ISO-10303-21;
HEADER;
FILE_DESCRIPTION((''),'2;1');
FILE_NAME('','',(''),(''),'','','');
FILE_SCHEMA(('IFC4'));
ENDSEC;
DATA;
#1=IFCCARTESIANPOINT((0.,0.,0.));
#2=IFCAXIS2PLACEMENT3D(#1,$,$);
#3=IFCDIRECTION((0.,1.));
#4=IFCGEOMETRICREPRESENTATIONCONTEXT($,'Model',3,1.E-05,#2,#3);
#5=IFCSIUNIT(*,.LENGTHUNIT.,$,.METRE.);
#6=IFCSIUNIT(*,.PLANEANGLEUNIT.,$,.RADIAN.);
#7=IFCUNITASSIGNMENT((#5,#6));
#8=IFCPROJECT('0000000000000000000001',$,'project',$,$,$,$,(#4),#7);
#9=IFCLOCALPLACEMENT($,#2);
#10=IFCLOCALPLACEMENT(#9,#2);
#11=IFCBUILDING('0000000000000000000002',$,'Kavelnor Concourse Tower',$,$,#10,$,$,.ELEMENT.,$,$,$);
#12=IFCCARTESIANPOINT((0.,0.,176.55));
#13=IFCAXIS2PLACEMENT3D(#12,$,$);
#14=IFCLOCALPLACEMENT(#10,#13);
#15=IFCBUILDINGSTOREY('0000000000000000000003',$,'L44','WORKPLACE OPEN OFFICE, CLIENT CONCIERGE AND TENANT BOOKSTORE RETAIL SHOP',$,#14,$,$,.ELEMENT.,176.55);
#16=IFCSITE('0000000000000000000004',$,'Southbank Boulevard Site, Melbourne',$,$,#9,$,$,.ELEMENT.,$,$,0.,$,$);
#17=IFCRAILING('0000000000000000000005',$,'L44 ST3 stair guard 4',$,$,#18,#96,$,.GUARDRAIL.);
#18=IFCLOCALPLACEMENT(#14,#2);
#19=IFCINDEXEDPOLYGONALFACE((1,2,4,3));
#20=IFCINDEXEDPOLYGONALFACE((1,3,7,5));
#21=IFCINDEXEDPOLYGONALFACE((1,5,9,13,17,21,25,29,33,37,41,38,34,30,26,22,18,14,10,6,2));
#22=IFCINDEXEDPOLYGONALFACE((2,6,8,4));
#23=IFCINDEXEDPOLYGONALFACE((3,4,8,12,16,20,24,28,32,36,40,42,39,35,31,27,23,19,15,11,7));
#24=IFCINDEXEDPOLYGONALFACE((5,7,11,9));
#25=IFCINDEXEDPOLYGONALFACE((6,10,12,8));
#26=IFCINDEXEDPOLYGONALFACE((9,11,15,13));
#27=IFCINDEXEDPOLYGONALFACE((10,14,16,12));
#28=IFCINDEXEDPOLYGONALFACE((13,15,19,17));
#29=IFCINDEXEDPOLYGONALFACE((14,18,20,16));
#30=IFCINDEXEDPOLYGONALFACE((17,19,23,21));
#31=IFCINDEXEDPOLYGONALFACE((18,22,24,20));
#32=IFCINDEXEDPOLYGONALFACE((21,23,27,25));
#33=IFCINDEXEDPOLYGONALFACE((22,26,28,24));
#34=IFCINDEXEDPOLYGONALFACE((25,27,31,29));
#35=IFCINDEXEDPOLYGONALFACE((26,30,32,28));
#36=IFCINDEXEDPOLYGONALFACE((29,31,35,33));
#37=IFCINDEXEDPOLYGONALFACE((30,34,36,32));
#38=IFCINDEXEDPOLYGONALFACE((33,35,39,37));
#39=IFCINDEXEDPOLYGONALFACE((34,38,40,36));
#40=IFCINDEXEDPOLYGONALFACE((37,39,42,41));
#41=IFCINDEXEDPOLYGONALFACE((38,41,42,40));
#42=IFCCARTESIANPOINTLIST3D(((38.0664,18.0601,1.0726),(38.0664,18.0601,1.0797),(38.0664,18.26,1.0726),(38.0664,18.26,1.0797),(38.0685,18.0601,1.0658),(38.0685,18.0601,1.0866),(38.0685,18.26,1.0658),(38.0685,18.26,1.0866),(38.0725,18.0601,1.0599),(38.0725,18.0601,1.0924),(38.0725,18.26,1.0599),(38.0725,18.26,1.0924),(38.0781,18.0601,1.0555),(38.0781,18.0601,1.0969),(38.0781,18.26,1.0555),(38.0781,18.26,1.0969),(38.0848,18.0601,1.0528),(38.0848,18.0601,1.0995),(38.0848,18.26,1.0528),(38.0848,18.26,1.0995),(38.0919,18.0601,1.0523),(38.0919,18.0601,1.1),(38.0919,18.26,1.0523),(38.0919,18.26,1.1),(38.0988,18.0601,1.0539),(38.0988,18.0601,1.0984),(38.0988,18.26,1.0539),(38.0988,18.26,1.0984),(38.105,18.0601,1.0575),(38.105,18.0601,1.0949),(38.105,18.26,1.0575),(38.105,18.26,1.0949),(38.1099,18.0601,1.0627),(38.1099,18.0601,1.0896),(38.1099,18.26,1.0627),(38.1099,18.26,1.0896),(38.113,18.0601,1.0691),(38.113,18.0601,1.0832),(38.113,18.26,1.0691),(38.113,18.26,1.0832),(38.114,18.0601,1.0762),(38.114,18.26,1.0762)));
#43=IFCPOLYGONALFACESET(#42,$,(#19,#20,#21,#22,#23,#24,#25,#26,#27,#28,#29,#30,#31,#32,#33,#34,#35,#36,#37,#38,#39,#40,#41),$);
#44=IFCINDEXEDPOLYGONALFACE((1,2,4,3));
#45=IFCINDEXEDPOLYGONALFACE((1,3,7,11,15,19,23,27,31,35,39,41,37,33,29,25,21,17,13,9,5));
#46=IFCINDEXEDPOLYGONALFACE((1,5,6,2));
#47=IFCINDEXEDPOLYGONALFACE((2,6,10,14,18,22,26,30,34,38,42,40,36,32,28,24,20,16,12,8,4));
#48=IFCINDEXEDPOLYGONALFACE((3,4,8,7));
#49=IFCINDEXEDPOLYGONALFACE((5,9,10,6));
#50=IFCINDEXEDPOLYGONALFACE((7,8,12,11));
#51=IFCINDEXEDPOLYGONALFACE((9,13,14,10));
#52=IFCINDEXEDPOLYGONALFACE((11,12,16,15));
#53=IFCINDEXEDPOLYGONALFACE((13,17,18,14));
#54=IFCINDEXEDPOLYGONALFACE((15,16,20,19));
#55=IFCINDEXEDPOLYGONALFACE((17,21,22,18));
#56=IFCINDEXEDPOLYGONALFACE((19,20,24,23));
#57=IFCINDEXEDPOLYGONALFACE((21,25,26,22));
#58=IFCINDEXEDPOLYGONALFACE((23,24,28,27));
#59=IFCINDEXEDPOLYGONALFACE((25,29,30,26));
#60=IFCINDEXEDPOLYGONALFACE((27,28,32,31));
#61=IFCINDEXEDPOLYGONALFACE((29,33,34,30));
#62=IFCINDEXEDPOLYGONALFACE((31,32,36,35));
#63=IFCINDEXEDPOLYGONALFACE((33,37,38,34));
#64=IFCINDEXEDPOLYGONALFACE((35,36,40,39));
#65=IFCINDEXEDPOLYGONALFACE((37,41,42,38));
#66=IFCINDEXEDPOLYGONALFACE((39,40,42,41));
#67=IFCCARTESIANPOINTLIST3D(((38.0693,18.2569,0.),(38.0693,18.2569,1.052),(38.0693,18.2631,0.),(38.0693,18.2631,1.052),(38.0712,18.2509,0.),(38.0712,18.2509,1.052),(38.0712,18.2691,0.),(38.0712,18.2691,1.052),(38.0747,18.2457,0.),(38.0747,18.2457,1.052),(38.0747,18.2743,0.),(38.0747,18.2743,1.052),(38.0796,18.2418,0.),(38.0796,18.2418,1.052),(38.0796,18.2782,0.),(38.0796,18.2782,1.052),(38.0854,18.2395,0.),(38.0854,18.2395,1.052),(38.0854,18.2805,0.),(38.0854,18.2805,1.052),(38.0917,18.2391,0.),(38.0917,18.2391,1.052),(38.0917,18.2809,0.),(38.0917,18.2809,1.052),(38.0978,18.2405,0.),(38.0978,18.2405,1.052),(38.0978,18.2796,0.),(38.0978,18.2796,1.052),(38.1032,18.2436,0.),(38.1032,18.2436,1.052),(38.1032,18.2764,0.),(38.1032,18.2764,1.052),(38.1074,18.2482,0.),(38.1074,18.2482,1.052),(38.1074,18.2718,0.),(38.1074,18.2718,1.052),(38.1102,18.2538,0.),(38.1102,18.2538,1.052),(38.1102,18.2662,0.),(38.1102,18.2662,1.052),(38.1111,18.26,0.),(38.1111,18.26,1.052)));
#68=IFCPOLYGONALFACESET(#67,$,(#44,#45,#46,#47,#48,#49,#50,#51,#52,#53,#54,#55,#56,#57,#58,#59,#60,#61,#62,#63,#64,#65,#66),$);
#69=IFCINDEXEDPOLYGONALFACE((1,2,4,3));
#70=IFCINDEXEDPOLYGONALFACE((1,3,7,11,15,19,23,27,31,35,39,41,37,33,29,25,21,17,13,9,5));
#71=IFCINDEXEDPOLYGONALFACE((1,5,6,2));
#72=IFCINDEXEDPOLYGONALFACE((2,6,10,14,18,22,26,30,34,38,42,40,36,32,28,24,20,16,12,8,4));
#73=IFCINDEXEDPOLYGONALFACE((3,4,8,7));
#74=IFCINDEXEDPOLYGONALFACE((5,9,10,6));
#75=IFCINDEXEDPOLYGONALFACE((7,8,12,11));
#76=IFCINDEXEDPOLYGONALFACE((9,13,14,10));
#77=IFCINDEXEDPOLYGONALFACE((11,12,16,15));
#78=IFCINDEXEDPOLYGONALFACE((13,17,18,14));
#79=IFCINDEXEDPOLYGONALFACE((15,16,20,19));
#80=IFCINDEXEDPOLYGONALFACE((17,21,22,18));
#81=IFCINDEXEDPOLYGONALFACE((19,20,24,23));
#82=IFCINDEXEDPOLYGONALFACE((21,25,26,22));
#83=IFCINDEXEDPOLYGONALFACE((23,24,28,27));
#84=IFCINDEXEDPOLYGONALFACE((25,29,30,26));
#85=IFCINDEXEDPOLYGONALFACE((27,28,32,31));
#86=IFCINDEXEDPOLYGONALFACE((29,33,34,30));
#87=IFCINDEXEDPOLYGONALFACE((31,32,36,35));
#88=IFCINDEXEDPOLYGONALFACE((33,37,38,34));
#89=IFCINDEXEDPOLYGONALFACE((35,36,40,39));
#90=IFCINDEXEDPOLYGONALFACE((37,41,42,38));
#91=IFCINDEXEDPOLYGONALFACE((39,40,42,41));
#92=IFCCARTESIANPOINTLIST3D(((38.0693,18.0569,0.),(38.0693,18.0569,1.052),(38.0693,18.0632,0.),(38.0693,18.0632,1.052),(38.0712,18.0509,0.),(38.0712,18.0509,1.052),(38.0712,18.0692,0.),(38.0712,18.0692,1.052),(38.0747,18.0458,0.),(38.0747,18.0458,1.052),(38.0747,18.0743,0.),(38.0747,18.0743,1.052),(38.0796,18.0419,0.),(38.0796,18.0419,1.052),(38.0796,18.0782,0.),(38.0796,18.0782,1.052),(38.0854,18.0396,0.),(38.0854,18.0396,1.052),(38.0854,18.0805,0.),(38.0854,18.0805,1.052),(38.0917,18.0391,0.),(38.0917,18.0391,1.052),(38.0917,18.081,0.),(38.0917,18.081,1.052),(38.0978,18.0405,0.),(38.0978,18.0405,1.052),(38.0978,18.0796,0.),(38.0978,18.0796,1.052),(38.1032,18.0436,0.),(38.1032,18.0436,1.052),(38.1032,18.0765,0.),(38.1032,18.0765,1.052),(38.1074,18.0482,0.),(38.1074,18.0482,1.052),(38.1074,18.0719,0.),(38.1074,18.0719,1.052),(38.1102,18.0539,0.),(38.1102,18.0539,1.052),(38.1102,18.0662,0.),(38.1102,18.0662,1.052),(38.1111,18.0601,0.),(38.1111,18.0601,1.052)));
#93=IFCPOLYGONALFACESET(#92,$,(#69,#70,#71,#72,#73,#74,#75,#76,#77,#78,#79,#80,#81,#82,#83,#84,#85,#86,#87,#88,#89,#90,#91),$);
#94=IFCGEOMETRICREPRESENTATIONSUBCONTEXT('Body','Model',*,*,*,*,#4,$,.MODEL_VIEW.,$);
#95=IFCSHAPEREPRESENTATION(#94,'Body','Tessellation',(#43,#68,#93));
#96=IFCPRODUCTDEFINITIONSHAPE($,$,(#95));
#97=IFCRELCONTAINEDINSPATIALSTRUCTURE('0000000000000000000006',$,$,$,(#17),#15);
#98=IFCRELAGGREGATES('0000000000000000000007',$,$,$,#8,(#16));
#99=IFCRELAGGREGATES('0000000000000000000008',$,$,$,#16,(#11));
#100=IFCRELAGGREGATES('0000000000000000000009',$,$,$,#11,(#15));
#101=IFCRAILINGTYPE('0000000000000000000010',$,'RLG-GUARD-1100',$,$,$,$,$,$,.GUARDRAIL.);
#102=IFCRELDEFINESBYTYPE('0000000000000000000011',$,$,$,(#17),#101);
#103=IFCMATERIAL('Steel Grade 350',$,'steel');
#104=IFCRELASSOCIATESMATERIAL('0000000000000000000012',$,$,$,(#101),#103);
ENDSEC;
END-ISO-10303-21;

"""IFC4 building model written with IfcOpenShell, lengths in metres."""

from ifc_helpers import new_model, si_unit, direction, frame, origin, origin_2d, place, context, subcontext, project, spatial, circle, extrude, material, type_object, element, save


model = new_model("IFC4")

# Units and contexts
model_context = context("Model", 3, precision=1e-05, world=origin(), true_north=direction((0.0, 1.0)))
body_context = subcontext(model_context, "Body", "Model", "MODEL_VIEW")
ifc_project = project(units=[si_unit("LENGTHUNIT", "METRE"), si_unit("PLANEANGLEUNIT", "RADIAN")], contexts=[model_context])

# Site, building, storey
site_placement = place(None, origin())
site = spatial("IfcSite", under=ifc_project, at=site_placement, Name="Southbank Boulevard Site, Melbourne", CompositionType="ELEMENT", RefElevation=0.0)
building_placement = place(site_placement, origin())
building = spatial("IfcBuilding", under=site, at=building_placement, Name="Kavelnor Concourse Tower", CompositionType="ELEMENT")
storey_placement = place(building_placement, frame((0.0, 0.0, 176.55)))
storey = spatial("IfcBuildingStorey", under=building, at=storey_placement, Name="L44", Description="WORKPLACE OPEN OFFICE, CLIENT CONCIERGE AND TENANT BOOKSTORE RETAIL SHOP", CompositionType="ELEMENT", Elevation=176.55)

# Shared definitions
ifc_material_1 = material(Name="Steel Grade 350", Category="steel")

# Railing
railing_type_1 = type_object("IfcRailingType", Name="RLG-GUARD-1100", PredefinedType="GUARDRAIL", material=ifc_material_1)
railing_1_placement = place(storey_placement, frame((38.0901, 18.26, 0.0)))
element("IfcRailing", 1, at=railing_1_placement, inside=storey, type_object=railing_type_1, Name="L44 ST3 stair guard 4", PredefinedType="GUARDRAIL", context=body_context, shape_type="SweptSolid", body=[
    extrude(circle(Radius=0.0239, at=origin_2d()), frame((0.0, 0.0, 1.0762), z_axis=(0.0, -1.0, 0.0), x_axis=(1.0, 0.0, 0.0)), (0.0, 0.0, 1.0), 0.2),
    extrude(circle(Radius=0.021, at=origin_2d()), origin(), (0.0, 0.0, 1.0), 1.052),
    extrude(circle(Radius=0.021, at=origin_2d()), frame((0.0, -0.2, 0.0)), (0.0, 0.0, 1.0), 1.052),
])

save(model, "model.ifc")
